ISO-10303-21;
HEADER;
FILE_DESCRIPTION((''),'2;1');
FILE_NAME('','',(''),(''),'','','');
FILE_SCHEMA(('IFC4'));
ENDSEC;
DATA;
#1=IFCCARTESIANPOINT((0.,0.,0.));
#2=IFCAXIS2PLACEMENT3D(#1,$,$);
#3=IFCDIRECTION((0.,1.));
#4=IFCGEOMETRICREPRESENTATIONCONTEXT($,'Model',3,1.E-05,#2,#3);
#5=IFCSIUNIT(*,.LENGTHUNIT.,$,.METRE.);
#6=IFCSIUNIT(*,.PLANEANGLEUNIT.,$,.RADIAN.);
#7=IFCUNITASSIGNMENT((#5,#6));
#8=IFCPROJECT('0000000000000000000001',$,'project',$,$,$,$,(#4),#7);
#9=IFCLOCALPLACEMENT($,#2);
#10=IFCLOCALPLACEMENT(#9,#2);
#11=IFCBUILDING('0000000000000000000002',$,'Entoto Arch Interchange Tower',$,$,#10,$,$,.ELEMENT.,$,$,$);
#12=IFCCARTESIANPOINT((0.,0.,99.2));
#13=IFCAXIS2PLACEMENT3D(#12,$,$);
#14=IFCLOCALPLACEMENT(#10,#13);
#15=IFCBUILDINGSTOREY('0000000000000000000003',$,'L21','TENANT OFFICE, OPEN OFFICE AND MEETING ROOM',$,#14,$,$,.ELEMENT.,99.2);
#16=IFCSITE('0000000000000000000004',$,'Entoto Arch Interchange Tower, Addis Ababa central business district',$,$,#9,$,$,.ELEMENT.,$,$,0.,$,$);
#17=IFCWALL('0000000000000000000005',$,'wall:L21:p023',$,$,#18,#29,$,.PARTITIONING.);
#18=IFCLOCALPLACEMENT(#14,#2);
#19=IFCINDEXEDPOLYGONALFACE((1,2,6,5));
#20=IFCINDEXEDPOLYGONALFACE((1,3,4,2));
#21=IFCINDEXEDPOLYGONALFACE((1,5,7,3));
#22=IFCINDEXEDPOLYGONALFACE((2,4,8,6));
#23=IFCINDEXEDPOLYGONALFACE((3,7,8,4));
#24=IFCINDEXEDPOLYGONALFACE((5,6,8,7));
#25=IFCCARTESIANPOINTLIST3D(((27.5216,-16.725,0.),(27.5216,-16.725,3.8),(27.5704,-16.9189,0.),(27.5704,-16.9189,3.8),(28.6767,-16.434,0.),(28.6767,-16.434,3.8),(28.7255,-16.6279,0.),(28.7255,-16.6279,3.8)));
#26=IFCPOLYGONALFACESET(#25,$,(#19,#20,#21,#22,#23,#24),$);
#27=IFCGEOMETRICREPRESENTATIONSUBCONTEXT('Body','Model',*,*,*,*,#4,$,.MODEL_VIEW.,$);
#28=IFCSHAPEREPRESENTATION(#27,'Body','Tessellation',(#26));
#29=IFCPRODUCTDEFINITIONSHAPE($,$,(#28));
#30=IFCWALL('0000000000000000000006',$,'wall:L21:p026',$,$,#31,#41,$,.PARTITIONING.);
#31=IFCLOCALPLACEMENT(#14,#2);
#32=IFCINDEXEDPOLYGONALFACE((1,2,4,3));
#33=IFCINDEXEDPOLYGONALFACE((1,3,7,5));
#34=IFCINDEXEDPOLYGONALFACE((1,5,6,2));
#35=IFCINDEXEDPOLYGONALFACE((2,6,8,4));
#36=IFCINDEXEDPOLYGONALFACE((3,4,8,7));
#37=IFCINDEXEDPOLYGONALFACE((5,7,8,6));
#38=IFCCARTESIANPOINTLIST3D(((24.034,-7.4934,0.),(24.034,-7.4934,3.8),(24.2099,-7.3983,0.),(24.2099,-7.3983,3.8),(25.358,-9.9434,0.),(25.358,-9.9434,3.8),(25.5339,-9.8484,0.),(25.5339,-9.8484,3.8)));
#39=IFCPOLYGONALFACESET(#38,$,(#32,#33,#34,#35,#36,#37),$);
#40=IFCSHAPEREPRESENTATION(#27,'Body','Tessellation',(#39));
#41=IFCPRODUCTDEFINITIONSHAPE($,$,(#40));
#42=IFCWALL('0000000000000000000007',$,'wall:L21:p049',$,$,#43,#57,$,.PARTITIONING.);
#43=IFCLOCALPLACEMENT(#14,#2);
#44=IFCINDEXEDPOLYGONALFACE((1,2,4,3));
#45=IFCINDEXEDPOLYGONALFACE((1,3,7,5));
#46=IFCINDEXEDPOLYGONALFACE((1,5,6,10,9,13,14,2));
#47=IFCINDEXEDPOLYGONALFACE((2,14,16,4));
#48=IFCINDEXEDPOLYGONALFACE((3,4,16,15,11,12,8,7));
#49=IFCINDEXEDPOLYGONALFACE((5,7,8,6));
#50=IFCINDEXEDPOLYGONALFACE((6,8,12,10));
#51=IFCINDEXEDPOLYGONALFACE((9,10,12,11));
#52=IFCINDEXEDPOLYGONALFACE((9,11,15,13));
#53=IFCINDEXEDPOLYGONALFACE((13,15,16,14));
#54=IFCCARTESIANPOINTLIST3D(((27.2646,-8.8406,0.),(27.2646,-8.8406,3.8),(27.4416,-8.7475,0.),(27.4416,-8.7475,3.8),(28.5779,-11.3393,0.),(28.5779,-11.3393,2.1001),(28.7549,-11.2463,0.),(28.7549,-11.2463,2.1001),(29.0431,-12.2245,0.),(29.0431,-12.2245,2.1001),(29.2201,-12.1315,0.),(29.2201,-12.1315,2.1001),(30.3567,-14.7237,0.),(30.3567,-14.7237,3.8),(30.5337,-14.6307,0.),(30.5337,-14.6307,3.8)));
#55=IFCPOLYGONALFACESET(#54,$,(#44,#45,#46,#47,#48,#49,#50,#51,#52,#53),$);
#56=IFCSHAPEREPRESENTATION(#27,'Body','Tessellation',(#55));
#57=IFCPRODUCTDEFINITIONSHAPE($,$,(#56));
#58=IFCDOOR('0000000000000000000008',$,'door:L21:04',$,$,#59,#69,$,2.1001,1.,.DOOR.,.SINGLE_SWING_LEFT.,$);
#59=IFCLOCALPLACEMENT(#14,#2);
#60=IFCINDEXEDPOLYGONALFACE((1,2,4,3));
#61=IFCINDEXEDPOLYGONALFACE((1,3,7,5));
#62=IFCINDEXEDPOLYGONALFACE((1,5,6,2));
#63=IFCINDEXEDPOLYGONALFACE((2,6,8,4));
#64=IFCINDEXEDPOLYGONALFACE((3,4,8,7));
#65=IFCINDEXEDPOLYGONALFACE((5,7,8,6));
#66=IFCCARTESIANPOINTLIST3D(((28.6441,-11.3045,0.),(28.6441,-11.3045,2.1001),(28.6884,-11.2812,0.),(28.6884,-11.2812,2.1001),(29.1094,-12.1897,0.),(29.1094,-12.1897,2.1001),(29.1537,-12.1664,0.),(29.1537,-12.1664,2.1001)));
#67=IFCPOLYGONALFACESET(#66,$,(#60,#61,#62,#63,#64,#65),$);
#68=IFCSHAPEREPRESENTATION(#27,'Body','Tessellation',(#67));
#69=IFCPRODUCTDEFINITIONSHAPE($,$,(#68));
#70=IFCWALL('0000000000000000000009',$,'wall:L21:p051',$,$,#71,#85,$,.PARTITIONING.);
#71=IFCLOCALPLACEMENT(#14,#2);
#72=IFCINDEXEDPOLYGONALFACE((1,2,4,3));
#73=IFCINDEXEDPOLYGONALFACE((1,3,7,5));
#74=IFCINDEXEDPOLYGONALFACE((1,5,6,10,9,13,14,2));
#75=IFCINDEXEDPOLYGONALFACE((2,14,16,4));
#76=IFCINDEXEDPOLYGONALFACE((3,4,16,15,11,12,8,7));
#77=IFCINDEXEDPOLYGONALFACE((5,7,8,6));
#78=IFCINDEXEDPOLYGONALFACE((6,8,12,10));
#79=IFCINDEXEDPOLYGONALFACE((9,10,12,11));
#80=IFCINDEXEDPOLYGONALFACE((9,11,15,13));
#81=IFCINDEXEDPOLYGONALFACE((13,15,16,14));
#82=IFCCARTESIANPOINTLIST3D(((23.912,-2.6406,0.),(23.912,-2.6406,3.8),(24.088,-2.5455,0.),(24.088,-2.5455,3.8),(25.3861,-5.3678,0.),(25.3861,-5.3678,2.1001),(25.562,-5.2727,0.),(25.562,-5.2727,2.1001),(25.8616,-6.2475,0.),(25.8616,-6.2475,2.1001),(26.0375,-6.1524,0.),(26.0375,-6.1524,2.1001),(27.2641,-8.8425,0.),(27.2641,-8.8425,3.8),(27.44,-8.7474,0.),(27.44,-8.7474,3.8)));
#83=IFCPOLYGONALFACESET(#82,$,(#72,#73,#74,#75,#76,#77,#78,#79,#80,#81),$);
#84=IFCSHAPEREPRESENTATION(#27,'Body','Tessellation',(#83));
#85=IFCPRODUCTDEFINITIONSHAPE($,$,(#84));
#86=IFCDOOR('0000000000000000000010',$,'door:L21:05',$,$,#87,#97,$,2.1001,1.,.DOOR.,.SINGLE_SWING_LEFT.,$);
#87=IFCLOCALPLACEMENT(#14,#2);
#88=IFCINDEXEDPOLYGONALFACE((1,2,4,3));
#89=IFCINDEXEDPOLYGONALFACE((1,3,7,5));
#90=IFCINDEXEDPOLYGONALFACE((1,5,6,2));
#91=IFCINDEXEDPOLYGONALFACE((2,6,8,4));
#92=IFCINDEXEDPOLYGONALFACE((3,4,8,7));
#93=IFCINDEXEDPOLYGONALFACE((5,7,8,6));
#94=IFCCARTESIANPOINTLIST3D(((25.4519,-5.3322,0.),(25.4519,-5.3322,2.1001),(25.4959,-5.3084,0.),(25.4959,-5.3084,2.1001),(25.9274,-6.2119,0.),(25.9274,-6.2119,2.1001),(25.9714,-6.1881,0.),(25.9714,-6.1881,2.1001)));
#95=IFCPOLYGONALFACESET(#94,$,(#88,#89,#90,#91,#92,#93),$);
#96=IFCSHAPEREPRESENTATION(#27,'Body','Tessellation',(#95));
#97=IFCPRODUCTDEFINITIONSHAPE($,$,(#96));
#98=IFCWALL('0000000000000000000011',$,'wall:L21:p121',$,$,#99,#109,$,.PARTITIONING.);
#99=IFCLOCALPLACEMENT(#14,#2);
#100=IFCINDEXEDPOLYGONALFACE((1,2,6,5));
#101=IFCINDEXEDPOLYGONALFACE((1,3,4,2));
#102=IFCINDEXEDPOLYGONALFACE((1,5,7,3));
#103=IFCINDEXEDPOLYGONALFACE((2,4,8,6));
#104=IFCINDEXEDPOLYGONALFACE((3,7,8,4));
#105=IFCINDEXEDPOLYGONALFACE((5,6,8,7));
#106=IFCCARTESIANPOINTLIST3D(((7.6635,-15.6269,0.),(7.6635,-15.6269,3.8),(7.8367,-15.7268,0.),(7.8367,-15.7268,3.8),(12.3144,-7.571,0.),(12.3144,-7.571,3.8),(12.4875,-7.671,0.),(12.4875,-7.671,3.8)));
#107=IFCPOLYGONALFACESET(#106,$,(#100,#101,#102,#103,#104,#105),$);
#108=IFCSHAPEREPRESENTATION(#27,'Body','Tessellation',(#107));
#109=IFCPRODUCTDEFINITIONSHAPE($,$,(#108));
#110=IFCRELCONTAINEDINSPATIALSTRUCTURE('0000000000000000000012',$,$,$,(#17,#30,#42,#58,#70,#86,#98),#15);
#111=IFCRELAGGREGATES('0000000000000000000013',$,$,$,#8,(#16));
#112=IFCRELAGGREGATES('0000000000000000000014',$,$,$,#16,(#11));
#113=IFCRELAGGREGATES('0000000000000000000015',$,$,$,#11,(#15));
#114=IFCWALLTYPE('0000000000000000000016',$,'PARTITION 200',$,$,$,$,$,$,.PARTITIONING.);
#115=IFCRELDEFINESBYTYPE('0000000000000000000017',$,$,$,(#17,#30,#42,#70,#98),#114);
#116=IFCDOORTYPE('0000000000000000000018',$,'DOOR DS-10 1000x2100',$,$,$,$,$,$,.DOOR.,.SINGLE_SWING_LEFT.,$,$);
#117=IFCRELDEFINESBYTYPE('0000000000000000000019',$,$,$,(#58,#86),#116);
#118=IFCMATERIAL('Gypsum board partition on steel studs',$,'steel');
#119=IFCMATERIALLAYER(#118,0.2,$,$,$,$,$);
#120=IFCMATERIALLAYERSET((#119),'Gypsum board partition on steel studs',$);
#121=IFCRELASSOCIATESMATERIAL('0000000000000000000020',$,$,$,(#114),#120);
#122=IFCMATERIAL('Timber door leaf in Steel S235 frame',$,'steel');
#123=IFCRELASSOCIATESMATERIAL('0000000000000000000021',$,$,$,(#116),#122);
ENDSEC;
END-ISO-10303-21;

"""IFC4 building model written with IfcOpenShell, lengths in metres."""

from ifc_helpers import new_model, si_unit, direction, frame, frame_2d, origin, place, context, subcontext, project, spatial, rectangle, extrude, material, layer, layer_set, type_object, element, fill, save


model = new_model("IFC4")

# Units and contexts
model_context = context("Model", 3, precision=1e-05, world=origin(), true_north=direction((0.0, 1.0)))
body_context = subcontext(model_context, "Body", "Model", "MODEL_VIEW")
ifc_project = project(units=[si_unit("LENGTHUNIT", "METRE"), si_unit("PLANEANGLEUNIT", "RADIAN")], contexts=[model_context])

# Site, building, storey
site_placement = place(None, origin())
site = spatial("IfcSite", under=ifc_project, at=site_placement, Name="Entoto Arch Interchange Tower, Addis Ababa central business district", CompositionType="ELEMENT", RefElevation=0.0)
building_placement = place(site_placement, origin())
building = spatial("IfcBuilding", under=site, at=building_placement, Name="Entoto Arch Interchange Tower", CompositionType="ELEMENT")
storey_placement = place(building_placement, frame((0.0, 0.0, 99.2)))
storey = spatial("IfcBuildingStorey", under=building, at=storey_placement, Name="L21", Description="TENANT OFFICE, OPEN OFFICE AND MEETING ROOM", CompositionType="ELEMENT", Elevation=99.2)

# Shared definitions
ifc_material_1 = material(Name="Gypsum board partition on steel studs", Category="steel")
ifc_layer_1 = layer(ifc_material_1, 0.2)
ifc_layer_set_1 = layer_set([ifc_layer_1], Name="Gypsum board partition on steel studs")
wall_type_1 = type_object("IfcWallType", Name="PARTITION 200", PredefinedType="PARTITIONING", material=ifc_layer_set_1)

# Shared definitions
ifc_material_2 = material(Name="Timber door leaf in Steel S235 frame", Category="steel")
door_type_1 = type_object("IfcDoorType", Name="DOOR DS-10 1000x2100", OperationType="SINGLE_SWING_LEFT", PredefinedType="DOOR", material=ifc_material_2)

# Walls
wall_1_placement = place(storey_placement, frame((27.5459, -16.822, 0.0), z_axis=(0.0, 0.0, 1.0), x_axis=(0.969695, 0.24432, 0.0)))
element("IfcWall", 1, at=wall_1_placement, inside=storey, type_object=wall_type_1, Name="wall:L21:p023", PredefinedType="PARTITIONING", context=body_context, shape_type="SweptSolid", body=[
    extrude(rectangle(XDim=1.1912, YDim=0.2, at=frame_2d((0.5957, 0.0))), origin(), (0.0, 0.0, 1.0), 3.8),
])
wall_2_placement = place(storey_placement, frame((25.446, -9.896, 0.0), z_axis=(0.0, 0.0, 1.0), x_axis=(-0.475427, 0.879755, 0.0)))
element("IfcWall", 2, at=wall_2_placement, inside=storey, type_object=wall_type_1, Name="wall:L21:p026", PredefinedType="PARTITIONING", context=body_context, shape_type="SweptSolid", body=[
    extrude(rectangle(XDim=2.7849, YDim=0.2, at=frame_2d((1.3926, 0.0))), origin(), (0.0, 0.0, 1.0), 3.8),
])

# Walls, openings, doors
wall_3_placement = place(storey_placement, frame((27.353, -8.7939, 0.0), z_axis=(0.0, 0.0, 1.0), x_axis=(0.465239, -0.885185, 0.0)))
wall_3 = element("IfcWall", 3, at=wall_3_placement, inside=storey, type_object=wall_type_1, Name="wall:L21:p049", PredefinedType="PARTITIONING", context=body_context, shape_type="SweptSolid", body=[
    extrude(rectangle(XDim=6.6462, YDim=0.2, at=frame_2d((3.3232, 0.0))), origin(), (0.0, 0.0, 1.0), 3.8),
])
opening_1_placement = place(wall_3_placement, frame((2.823, 0.0, 0.0)))
opening_1 = element("IfcOpeningElement", 4, at=opening_1_placement, cuts=wall_3, PredefinedType="OPENING", context=body_context, shape_type="SweptSolid", body=[
    extrude(rectangle(XDim=1.0, YDim=2.1001, at=frame_2d((0.5, 1.05))), frame((0.0, 0.1099, 0.0), z_axis=(0.0, -1.0, 0.0), x_axis=(1.0, 0.0, 0.0)), (0.0, 0.0, 1.0), 0.22),
])
door_1_placement = place(opening_1_placement, origin())
door_1 = element("IfcDoor", 5, at=door_1_placement, inside=storey, type_object=door_type_1, Name="door:L21:04", OperationType="SINGLE_SWING_LEFT", OverallHeight=2.1001, OverallWidth=1.0, PredefinedType="DOOR", context=body_context, shape_type="SweptSolid", body=[
    extrude(rectangle(XDim=1.0, YDim=2.1001, at=frame_2d((0.5, 1.05))), frame((0.0, 0.0249, 0.0), z_axis=(0.0, -1.0, 0.0), x_axis=(1.0, 0.0, 0.0)), (0.0, 0.0, 1.0), 0.05),
])
fill(opening_1, door_1)
wall_4_placement = place(storey_placement, frame((24.0, -2.593, 0.0), z_axis=(0.0, 0.0, 1.0), x_axis=(0.475481, -0.879726, 0.0)))
wall_4 = element("IfcWall", 6, at=wall_4_placement, inside=storey, type_object=wall_type_1, Name="wall:L21:p051", PredefinedType="PARTITIONING", context=body_context, shape_type="SweptSolid", body=[
    extrude(rectangle(XDim=7.0498, YDim=0.2, at=frame_2d((3.5249, 0.0))), origin(), (0.0, 0.0, 1.0), 3.8),
])
opening_2_placement = place(wall_4_placement, frame((3.1001, 0.0, 0.0)))
opening_2 = element("IfcOpeningElement", 7, at=opening_2_placement, cuts=wall_4, PredefinedType="OPENING", context=body_context, shape_type="SweptSolid", body=[
    extrude(rectangle(XDim=1.0, YDim=2.1001, at=frame_2d((0.5, 1.05))), frame((0.0, 0.1099, 0.0), z_axis=(0.0, -1.0, 0.0), x_axis=(1.0, 0.0, 0.0)), (0.0, 0.0, 1.0), 0.22),
])
door_2_placement = place(opening_2_placement, origin())
door_2 = element("IfcDoor", 8, at=door_2_placement, inside=storey, type_object=door_type_1, Name="door:L21:05", OperationType="SINGLE_SWING_LEFT", OverallHeight=2.1001, OverallWidth=1.0, PredefinedType="DOOR", context=body_context, shape_type="SweptSolid", body=[
    extrude(rectangle(XDim=1.0, YDim=2.1001, at=frame_2d((0.5, 1.05))), frame((0.0, 0.0249, 0.0), z_axis=(0.0, -1.0, 0.0), x_axis=(1.0, 0.0, 0.0)), (0.0, 0.0, 1.0), 0.05),
])
fill(opening_2, door_2)

# Wall
wall_5_placement = place(storey_placement, frame((12.4009, -7.6211, 0.0), z_axis=(0.0, 0.0, 1.0), x_axis=(-0.499984, -0.866035, 0.0)))
element("IfcWall", 9, at=wall_5_placement, inside=storey, type_object=wall_type_1, Name="wall:L21:p121", PredefinedType="PARTITIONING", context=body_context, shape_type="SweptSolid", body=[
    extrude(rectangle(XDim=9.302, YDim=0.2, at=frame_2d((4.6509, 0.0))), origin(), (0.0, 0.0, 1.0), 3.8),
])

save(model, "model.ifc")
